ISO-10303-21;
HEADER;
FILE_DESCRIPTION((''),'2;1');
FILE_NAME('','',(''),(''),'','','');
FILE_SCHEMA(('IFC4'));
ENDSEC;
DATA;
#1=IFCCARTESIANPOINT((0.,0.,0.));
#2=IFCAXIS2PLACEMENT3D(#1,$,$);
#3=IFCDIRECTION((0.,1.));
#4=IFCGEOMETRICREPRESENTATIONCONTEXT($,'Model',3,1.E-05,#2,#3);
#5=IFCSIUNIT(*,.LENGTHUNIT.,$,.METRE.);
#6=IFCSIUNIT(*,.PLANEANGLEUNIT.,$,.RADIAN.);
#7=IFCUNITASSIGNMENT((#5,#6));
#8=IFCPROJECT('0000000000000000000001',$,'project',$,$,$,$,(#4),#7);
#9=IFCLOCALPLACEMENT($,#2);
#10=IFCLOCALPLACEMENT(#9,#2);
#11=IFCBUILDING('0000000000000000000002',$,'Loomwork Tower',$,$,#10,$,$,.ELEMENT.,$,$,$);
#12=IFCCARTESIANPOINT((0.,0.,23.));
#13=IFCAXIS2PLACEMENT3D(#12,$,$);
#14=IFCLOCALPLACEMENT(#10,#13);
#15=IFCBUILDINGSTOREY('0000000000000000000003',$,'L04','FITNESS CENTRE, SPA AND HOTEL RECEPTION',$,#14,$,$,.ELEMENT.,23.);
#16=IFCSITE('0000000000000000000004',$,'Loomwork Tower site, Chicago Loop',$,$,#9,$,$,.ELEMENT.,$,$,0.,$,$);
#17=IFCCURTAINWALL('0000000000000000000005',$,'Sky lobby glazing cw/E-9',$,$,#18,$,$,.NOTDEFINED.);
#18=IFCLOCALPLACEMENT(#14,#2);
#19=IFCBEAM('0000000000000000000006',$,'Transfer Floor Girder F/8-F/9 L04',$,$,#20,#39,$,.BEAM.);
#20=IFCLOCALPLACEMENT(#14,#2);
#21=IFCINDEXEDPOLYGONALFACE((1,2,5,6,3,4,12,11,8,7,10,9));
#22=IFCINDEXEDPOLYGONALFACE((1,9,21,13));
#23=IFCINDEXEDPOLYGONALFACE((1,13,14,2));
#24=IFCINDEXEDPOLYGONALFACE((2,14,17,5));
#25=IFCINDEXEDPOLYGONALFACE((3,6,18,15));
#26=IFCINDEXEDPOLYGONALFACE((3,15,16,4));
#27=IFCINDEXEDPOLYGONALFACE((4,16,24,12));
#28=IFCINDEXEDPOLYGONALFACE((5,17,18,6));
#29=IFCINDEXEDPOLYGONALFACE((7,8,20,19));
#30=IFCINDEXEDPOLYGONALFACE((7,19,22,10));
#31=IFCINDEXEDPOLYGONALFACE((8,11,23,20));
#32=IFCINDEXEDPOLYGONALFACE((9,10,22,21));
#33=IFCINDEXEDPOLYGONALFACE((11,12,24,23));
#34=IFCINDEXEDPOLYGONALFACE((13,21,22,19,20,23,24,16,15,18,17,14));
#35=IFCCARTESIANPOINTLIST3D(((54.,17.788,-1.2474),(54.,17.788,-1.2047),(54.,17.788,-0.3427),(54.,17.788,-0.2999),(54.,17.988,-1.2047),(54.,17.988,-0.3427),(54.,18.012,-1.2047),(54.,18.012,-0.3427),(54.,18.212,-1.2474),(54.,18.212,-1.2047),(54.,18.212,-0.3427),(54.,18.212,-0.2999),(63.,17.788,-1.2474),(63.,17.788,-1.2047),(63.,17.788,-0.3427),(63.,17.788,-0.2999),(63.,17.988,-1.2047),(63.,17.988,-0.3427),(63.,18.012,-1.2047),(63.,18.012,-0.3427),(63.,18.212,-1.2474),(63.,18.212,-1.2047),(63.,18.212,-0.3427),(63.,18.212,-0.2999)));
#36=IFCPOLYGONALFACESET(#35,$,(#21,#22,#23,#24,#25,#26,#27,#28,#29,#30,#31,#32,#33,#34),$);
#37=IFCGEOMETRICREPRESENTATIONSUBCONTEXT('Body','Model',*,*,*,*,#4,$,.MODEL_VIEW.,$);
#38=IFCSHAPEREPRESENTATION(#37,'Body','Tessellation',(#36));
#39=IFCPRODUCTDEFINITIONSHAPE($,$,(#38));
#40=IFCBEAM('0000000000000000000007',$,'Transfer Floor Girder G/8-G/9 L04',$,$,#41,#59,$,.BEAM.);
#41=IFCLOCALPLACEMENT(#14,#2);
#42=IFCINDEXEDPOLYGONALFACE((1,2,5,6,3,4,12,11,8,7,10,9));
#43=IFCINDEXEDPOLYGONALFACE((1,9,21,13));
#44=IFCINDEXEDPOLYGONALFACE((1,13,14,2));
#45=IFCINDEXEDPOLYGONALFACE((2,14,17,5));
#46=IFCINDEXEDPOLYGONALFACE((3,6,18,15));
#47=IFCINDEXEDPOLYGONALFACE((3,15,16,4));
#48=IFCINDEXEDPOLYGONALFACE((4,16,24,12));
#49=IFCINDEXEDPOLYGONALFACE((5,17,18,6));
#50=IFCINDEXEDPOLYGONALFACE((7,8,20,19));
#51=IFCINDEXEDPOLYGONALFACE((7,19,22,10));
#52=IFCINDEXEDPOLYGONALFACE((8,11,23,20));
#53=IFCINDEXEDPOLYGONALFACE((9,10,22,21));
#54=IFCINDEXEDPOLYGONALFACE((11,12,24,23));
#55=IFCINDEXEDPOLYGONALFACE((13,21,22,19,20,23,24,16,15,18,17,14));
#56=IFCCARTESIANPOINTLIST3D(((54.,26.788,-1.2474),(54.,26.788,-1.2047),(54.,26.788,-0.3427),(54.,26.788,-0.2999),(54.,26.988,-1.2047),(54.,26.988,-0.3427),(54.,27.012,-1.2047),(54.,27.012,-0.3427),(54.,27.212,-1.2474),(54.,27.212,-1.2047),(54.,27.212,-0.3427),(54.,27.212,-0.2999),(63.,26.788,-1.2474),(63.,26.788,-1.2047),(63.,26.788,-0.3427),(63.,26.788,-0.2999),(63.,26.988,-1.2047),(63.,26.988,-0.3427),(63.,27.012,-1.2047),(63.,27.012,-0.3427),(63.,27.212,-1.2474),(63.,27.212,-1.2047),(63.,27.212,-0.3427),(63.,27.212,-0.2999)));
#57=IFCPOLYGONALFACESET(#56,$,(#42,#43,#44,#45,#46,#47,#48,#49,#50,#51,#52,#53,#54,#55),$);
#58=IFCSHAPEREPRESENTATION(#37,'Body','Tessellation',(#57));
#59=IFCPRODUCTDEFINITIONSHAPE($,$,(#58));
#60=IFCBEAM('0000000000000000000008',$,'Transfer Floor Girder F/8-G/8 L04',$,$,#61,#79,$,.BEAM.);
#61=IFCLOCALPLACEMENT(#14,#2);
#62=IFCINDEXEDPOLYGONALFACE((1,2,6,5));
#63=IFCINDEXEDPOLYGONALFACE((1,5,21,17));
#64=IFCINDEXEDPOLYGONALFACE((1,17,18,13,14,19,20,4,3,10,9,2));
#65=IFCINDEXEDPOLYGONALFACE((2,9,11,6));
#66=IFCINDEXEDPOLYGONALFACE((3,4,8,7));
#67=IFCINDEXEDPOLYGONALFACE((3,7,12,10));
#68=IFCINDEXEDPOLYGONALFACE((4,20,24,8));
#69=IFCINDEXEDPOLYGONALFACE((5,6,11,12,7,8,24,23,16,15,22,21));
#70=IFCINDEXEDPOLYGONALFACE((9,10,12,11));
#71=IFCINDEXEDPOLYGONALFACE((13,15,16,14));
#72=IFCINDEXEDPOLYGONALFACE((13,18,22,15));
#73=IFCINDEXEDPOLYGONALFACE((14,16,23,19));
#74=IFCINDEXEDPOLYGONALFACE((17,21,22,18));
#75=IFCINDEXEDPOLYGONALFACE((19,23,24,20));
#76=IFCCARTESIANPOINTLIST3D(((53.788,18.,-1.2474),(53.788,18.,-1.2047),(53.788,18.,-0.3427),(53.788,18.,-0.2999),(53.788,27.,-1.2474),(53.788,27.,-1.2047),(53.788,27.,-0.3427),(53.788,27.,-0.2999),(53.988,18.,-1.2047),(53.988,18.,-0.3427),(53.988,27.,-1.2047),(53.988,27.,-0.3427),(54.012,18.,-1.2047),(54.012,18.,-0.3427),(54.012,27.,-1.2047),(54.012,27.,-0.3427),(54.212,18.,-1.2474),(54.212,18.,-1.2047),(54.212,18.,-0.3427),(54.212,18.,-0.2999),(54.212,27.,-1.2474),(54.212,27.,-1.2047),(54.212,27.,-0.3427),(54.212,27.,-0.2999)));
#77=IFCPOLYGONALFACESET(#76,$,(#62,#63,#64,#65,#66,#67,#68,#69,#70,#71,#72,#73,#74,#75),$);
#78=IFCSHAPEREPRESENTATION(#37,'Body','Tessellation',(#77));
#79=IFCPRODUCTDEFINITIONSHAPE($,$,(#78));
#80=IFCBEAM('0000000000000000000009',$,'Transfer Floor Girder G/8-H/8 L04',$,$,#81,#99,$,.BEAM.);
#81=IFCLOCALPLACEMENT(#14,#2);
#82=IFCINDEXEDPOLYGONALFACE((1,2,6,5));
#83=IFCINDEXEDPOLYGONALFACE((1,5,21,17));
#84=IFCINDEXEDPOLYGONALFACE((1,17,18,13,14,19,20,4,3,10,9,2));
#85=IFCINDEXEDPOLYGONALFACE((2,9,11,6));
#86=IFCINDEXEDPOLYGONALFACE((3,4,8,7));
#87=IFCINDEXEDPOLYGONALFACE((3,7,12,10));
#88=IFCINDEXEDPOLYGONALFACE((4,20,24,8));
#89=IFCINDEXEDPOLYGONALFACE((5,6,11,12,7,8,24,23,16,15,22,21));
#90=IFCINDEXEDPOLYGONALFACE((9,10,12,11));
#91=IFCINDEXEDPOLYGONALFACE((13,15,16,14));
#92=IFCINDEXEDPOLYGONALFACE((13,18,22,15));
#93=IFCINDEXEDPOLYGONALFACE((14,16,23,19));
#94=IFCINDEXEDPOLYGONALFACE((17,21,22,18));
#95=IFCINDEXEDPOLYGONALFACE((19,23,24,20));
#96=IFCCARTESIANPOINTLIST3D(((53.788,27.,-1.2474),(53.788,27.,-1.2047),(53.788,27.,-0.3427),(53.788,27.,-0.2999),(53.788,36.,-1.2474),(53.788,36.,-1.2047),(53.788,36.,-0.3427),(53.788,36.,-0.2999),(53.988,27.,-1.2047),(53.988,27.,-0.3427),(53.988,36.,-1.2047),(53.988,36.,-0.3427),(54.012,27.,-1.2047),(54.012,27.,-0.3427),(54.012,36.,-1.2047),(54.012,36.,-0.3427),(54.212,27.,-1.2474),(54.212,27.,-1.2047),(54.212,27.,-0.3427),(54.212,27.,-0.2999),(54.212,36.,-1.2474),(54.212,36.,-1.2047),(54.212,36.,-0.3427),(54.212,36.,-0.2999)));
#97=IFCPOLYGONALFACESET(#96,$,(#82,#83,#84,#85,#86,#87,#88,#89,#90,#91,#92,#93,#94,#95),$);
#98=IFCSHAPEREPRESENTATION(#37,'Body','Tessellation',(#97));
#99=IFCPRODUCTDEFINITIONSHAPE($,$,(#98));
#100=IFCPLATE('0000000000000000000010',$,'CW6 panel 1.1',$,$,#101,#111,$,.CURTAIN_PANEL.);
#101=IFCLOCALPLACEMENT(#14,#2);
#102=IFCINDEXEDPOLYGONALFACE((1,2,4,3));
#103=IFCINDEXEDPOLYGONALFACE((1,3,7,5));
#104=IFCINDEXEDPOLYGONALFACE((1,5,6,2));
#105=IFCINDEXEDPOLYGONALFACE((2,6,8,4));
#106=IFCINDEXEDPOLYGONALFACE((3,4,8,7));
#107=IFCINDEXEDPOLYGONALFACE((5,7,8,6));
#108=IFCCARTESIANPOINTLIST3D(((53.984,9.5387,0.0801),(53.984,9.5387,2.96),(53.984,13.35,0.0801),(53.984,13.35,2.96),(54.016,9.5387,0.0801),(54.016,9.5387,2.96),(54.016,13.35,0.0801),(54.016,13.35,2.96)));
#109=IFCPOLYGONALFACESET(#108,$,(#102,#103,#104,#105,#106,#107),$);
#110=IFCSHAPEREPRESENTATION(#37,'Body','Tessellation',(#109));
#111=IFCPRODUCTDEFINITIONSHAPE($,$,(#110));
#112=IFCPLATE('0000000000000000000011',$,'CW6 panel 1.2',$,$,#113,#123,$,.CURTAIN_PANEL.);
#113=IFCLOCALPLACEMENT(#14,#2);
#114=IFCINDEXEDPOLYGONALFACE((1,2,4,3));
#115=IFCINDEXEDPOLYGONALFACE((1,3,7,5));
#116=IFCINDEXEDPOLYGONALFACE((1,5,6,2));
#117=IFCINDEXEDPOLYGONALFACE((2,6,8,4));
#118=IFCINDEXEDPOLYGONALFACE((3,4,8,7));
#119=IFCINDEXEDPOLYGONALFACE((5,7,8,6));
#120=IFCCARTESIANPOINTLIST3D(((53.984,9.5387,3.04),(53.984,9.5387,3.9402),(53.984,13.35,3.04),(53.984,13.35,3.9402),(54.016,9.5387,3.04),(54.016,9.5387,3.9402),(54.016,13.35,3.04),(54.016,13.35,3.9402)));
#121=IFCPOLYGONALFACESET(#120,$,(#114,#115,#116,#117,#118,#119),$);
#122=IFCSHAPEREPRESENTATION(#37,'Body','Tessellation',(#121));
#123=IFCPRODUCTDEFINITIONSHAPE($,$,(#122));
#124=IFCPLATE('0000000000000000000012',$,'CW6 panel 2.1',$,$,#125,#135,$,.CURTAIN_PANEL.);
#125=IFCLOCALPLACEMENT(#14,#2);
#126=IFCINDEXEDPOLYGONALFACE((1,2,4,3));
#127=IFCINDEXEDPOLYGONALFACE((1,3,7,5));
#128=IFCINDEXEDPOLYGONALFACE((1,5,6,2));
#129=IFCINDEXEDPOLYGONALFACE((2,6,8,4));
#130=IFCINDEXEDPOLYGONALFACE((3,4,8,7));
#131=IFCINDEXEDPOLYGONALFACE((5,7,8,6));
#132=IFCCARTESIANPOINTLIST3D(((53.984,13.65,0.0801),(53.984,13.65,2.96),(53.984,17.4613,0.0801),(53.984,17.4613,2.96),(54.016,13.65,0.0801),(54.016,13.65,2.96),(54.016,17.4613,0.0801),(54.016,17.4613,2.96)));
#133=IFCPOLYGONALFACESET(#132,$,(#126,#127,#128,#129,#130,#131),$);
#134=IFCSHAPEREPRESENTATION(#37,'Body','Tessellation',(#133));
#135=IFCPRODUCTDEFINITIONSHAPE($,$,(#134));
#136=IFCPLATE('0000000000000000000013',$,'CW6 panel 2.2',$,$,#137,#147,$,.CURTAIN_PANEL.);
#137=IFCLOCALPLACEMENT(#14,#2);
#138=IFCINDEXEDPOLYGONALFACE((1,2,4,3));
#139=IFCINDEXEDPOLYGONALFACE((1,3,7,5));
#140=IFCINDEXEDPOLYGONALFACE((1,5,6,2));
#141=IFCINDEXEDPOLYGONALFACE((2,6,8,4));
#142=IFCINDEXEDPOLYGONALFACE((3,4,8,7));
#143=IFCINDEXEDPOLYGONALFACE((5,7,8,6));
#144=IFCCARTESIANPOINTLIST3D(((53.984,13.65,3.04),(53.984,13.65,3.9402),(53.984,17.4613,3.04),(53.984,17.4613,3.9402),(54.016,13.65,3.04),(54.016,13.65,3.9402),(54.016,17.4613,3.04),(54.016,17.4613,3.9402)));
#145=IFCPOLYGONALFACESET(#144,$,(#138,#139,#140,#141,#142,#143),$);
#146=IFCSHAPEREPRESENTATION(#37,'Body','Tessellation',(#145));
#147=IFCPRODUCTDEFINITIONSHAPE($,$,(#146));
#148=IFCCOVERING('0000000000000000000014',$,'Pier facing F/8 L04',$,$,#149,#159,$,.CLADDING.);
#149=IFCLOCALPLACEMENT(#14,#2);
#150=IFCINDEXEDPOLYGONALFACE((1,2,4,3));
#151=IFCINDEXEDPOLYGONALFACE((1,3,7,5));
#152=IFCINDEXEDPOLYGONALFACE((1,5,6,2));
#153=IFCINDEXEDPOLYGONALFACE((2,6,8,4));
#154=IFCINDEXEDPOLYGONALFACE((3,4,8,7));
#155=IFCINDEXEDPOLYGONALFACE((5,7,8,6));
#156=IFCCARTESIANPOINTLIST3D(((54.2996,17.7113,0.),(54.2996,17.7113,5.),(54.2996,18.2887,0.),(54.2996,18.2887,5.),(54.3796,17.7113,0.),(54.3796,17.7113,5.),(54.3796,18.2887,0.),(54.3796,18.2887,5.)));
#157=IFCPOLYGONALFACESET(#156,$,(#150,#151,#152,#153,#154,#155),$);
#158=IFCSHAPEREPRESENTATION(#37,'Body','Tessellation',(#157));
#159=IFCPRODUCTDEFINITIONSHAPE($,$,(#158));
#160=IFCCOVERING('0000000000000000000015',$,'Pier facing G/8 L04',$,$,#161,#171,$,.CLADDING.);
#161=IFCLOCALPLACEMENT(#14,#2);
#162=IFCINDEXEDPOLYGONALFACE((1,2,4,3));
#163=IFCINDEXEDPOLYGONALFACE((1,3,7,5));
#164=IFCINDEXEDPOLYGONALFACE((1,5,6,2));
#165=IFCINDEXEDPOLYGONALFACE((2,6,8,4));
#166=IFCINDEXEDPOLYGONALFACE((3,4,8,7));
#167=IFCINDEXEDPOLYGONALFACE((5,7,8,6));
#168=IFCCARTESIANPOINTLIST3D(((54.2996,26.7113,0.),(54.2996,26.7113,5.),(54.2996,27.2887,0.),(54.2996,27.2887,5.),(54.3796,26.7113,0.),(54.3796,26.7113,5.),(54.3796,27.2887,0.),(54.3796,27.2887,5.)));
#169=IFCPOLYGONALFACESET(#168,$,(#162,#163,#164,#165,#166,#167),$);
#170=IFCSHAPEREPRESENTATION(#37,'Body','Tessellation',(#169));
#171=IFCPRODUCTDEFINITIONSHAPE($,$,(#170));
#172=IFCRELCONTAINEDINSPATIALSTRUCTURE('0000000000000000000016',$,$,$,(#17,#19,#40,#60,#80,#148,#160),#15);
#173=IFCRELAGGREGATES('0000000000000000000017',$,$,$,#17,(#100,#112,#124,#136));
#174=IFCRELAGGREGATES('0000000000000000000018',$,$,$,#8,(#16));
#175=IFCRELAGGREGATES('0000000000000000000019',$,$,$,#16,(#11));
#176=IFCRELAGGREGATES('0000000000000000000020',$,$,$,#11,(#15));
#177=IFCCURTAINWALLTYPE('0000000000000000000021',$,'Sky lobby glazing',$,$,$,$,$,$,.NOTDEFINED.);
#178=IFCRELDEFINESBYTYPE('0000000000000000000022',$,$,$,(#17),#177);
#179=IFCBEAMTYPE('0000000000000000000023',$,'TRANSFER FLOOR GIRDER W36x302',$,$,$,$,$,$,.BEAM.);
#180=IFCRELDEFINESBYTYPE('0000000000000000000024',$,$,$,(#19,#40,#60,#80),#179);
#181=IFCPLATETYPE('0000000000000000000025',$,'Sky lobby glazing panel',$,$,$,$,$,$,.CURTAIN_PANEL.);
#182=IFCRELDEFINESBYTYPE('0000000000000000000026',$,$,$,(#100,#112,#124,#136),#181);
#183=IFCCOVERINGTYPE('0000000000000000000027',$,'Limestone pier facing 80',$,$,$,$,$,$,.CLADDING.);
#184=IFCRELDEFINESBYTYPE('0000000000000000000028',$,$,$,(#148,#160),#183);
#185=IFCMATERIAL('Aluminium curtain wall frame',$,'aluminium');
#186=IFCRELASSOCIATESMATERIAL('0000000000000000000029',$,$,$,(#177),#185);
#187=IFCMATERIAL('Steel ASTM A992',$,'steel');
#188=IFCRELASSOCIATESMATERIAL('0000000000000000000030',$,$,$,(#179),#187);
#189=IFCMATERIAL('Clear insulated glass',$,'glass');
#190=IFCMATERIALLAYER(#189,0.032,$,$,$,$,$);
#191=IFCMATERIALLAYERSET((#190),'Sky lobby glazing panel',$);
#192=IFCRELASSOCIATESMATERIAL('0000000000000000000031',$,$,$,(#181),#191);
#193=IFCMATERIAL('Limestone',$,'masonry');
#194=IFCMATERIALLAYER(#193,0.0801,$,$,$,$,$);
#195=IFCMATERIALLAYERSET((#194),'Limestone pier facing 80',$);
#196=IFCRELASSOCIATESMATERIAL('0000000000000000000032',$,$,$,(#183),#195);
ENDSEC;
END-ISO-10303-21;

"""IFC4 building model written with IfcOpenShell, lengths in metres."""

from ifc_helpers import new_model, si_unit, direction, frame, origin, origin_2d, place, context, subcontext, project, spatial, rectangle, i_section, extrude, material, layer, layer_set, material_profile, profile_set, type_object, element, aggregate, save


model = new_model("IFC4")

# Units and contexts
model_context = context("Model", 3, precision=1e-05, world=origin(), true_north=direction((0.0, 1.0)))
body_context = subcontext(model_context, "Body", "Model", "MODEL_VIEW")
ifc_project = project(units=[si_unit("LENGTHUNIT", "METRE"), si_unit("PLANEANGLEUNIT", "RADIAN")], contexts=[model_context])

# Site, building, storey
site_placement = place(None, origin())
site = spatial("IfcSite", under=ifc_project, at=site_placement, Name="Loomwork Tower site, Chicago Loop", CompositionType="ELEMENT", RefElevation=0.0)
building_placement = place(site_placement, origin())
building = spatial("IfcBuilding", under=site, at=building_placement, Name="Loomwork Tower", CompositionType="ELEMENT")
storey_placement = place(building_placement, frame((0.0, 0.0, 23.0)))
storey = spatial("IfcBuildingStorey", under=building, at=storey_placement, Name="L04", Description="FITNESS CENTRE, SPA AND HOTEL RECEPTION", CompositionType="ELEMENT", Elevation=23.0)

# Curtain wall
ifc_material_1 = material(Name="Aluminium curtain wall frame", Category="aluminium")
curtain_wall_type = type_object("IfcCurtainWallType", Name="Sky lobby glazing", PredefinedType="NOTDEFINED", material=ifc_material_1)
curtain_wall_placement = place(storey_placement, origin())
curtain_wall = element("IfcCurtainWall", 1, at=curtain_wall_placement, inside=storey, type_object=curtain_wall_type, Name="Sky lobby glazing cw/E-9", PredefinedType="NOTDEFINED")

# Beams
ifc_material_2 = material(Name="Steel ASTM A992", Category="steel")
ifc_material_profile_1 = material_profile(ifc_material_2, i_section(OverallWidth=0.4241, OverallDepth=0.9475, WebThickness=0.0239, FlangeThickness=0.0427, at=origin_2d()), Name="W36x302")
ifc_profile_set_1 = profile_set([ifc_material_profile_1], Name="Steel ASTM A992")
beam_type_1 = type_object("IfcBeamType", Name="TRANSFER FLOOR GIRDER W36x302", PredefinedType="BEAM", material=ifc_profile_set_1)
for number, where, z_axis, x_axis, name in (
    (2, (54.0, 18.0, -0.7737), (1.0, 0.0, 0.0), (0.0, 1.0, 0.0), "Transfer Floor Girder F/8-F/9 L04"),
    (3, (54.0, 27.0, -0.7737), (1.0, 0.0, 0.0), (0.0, 1.0, 0.0), "Transfer Floor Girder G/8-G/9 L04"),
    (4, (54.0, 18.0, -0.7737), (0.0, 1.0, 0.0), (-1.0, 0.0, 0.0), "Transfer Floor Girder F/8-G/8 L04"),
    (5, (54.0, 27.0, -0.7737), (0.0, 1.0, 0.0), (-1.0, 0.0, 0.0), "Transfer Floor Girder G/8-H/8 L04"),
):
    element("IfcBeam", number, at=place(storey_placement, frame(where, z_axis=z_axis, x_axis=x_axis)), inside=storey, type_object=beam_type_1, Name=name, PredefinedType="BEAM", context=body_context, shape_type="SweptSolid", body=[
        extrude(i_section(OverallWidth=0.4241, OverallDepth=0.9475, WebThickness=0.0239, FlangeThickness=0.0427, at=origin_2d()), origin(), (0.0, 0.0, 1.0), 9.0),
    ])

# Plates
ifc_material_3 = material(Name="Clear insulated glass", Category="glass")
ifc_layer_1 = layer(ifc_material_3, 0.032)
ifc_layer_set_1 = layer_set([ifc_layer_1], Name="Sky lobby glazing panel")
plate_type = type_object("IfcPlateType", Name="Sky lobby glazing panel", PredefinedType="CURTAIN_PANEL", material=ifc_layer_set_1)
plate_1_placement = place(storey_placement, frame((54.0, 11.4443, 0.0801), z_axis=(0.0, 0.0, 1.0), x_axis=(0.0, 1.0, 0.0)))
plate_1 = element("IfcPlate", 6, at=plate_1_placement, type_object=plate_type, Name="CW6 panel 1.1", PredefinedType="CURTAIN_PANEL", context=body_context, shape_type="SweptSolid", body=[
    extrude(rectangle(XDim=3.8113, YDim=0.032, at=origin_2d()), origin(), (0.0, 0.0, 1.0), 2.8799),
])
plate_2_placement = place(storey_placement, frame((54.0, 11.4443, 3.04), z_axis=(0.0, 0.0, 1.0), x_axis=(0.0, 1.0, 0.0)))
plate_2 = element("IfcPlate", 7, at=plate_2_placement, type_object=plate_type, Name="CW6 panel 1.2", PredefinedType="CURTAIN_PANEL", context=body_context, shape_type="SweptSolid", body=[
    extrude(rectangle(XDim=3.8113, YDim=0.032, at=origin_2d()), origin(), (0.0, 0.0, 1.0), 0.9001),
])
plate_3_placement = place(storey_placement, frame((54.0, 15.5557, 0.0801), z_axis=(0.0, 0.0, 1.0), x_axis=(0.0, 1.0, 0.0)))
plate_3 = element("IfcPlate", 8, at=plate_3_placement, type_object=plate_type, Name="CW6 panel 2.1", PredefinedType="CURTAIN_PANEL", context=body_context, shape_type="SweptSolid", body=[
    extrude(rectangle(XDim=3.8113, YDim=0.032, at=origin_2d()), origin(), (0.0, 0.0, 1.0), 2.8799),
])
plate_4_placement = place(storey_placement, frame((54.0, 15.5557, 3.04), z_axis=(0.0, 0.0, 1.0), x_axis=(0.0, 1.0, 0.0)))
plate_4 = element("IfcPlate", 9, at=plate_4_placement, type_object=plate_type, Name="CW6 panel 2.2", PredefinedType="CURTAIN_PANEL", context=body_context, shape_type="SweptSolid", body=[
    extrude(rectangle(XDim=3.8113, YDim=0.032, at=origin_2d()), origin(), (0.0, 0.0, 1.0), 0.9001),
])
aggregate(curtain_wall, [plate_1, plate_2, plate_3, plate_4])

# Coverings
ifc_material_4 = material(Name="Limestone", Category="masonry")
ifc_layer_2 = layer(ifc_material_4, 0.0801)
ifc_layer_set_2 = layer_set([ifc_layer_2], Name="Limestone pier facing 80")
covering_type = type_object("IfcCoveringType", Name="Limestone pier facing 80", PredefinedType="CLADDING", material=ifc_layer_set_2)
for number, where, z_axis, x_axis, name in (
    (10, (54.3396, 18.0, 0.0), (0.0, 0.0, 1.0), (1.0, 0.0, 0.0), "Pier facing F/8 L04"),
    (11, (54.3396, 27.0, 0.0), (0.0, 0.0, 1.0), (1.0, 0.0, 0.0), "Pier facing G/8 L04"),
):
    element("IfcCovering", number, at=place(storey_placement, frame(where, z_axis=z_axis, x_axis=x_axis)), inside=storey, type_object=covering_type, Name=name, PredefinedType="CLADDING", context=body_context, shape_type="SweptSolid", body=[
        extrude(rectangle(XDim=0.0801, YDim=0.5774, at=origin_2d()), origin(), (0.0, 0.0, 1.0), 5.0),
    ])

save(model, "model.ifc")
